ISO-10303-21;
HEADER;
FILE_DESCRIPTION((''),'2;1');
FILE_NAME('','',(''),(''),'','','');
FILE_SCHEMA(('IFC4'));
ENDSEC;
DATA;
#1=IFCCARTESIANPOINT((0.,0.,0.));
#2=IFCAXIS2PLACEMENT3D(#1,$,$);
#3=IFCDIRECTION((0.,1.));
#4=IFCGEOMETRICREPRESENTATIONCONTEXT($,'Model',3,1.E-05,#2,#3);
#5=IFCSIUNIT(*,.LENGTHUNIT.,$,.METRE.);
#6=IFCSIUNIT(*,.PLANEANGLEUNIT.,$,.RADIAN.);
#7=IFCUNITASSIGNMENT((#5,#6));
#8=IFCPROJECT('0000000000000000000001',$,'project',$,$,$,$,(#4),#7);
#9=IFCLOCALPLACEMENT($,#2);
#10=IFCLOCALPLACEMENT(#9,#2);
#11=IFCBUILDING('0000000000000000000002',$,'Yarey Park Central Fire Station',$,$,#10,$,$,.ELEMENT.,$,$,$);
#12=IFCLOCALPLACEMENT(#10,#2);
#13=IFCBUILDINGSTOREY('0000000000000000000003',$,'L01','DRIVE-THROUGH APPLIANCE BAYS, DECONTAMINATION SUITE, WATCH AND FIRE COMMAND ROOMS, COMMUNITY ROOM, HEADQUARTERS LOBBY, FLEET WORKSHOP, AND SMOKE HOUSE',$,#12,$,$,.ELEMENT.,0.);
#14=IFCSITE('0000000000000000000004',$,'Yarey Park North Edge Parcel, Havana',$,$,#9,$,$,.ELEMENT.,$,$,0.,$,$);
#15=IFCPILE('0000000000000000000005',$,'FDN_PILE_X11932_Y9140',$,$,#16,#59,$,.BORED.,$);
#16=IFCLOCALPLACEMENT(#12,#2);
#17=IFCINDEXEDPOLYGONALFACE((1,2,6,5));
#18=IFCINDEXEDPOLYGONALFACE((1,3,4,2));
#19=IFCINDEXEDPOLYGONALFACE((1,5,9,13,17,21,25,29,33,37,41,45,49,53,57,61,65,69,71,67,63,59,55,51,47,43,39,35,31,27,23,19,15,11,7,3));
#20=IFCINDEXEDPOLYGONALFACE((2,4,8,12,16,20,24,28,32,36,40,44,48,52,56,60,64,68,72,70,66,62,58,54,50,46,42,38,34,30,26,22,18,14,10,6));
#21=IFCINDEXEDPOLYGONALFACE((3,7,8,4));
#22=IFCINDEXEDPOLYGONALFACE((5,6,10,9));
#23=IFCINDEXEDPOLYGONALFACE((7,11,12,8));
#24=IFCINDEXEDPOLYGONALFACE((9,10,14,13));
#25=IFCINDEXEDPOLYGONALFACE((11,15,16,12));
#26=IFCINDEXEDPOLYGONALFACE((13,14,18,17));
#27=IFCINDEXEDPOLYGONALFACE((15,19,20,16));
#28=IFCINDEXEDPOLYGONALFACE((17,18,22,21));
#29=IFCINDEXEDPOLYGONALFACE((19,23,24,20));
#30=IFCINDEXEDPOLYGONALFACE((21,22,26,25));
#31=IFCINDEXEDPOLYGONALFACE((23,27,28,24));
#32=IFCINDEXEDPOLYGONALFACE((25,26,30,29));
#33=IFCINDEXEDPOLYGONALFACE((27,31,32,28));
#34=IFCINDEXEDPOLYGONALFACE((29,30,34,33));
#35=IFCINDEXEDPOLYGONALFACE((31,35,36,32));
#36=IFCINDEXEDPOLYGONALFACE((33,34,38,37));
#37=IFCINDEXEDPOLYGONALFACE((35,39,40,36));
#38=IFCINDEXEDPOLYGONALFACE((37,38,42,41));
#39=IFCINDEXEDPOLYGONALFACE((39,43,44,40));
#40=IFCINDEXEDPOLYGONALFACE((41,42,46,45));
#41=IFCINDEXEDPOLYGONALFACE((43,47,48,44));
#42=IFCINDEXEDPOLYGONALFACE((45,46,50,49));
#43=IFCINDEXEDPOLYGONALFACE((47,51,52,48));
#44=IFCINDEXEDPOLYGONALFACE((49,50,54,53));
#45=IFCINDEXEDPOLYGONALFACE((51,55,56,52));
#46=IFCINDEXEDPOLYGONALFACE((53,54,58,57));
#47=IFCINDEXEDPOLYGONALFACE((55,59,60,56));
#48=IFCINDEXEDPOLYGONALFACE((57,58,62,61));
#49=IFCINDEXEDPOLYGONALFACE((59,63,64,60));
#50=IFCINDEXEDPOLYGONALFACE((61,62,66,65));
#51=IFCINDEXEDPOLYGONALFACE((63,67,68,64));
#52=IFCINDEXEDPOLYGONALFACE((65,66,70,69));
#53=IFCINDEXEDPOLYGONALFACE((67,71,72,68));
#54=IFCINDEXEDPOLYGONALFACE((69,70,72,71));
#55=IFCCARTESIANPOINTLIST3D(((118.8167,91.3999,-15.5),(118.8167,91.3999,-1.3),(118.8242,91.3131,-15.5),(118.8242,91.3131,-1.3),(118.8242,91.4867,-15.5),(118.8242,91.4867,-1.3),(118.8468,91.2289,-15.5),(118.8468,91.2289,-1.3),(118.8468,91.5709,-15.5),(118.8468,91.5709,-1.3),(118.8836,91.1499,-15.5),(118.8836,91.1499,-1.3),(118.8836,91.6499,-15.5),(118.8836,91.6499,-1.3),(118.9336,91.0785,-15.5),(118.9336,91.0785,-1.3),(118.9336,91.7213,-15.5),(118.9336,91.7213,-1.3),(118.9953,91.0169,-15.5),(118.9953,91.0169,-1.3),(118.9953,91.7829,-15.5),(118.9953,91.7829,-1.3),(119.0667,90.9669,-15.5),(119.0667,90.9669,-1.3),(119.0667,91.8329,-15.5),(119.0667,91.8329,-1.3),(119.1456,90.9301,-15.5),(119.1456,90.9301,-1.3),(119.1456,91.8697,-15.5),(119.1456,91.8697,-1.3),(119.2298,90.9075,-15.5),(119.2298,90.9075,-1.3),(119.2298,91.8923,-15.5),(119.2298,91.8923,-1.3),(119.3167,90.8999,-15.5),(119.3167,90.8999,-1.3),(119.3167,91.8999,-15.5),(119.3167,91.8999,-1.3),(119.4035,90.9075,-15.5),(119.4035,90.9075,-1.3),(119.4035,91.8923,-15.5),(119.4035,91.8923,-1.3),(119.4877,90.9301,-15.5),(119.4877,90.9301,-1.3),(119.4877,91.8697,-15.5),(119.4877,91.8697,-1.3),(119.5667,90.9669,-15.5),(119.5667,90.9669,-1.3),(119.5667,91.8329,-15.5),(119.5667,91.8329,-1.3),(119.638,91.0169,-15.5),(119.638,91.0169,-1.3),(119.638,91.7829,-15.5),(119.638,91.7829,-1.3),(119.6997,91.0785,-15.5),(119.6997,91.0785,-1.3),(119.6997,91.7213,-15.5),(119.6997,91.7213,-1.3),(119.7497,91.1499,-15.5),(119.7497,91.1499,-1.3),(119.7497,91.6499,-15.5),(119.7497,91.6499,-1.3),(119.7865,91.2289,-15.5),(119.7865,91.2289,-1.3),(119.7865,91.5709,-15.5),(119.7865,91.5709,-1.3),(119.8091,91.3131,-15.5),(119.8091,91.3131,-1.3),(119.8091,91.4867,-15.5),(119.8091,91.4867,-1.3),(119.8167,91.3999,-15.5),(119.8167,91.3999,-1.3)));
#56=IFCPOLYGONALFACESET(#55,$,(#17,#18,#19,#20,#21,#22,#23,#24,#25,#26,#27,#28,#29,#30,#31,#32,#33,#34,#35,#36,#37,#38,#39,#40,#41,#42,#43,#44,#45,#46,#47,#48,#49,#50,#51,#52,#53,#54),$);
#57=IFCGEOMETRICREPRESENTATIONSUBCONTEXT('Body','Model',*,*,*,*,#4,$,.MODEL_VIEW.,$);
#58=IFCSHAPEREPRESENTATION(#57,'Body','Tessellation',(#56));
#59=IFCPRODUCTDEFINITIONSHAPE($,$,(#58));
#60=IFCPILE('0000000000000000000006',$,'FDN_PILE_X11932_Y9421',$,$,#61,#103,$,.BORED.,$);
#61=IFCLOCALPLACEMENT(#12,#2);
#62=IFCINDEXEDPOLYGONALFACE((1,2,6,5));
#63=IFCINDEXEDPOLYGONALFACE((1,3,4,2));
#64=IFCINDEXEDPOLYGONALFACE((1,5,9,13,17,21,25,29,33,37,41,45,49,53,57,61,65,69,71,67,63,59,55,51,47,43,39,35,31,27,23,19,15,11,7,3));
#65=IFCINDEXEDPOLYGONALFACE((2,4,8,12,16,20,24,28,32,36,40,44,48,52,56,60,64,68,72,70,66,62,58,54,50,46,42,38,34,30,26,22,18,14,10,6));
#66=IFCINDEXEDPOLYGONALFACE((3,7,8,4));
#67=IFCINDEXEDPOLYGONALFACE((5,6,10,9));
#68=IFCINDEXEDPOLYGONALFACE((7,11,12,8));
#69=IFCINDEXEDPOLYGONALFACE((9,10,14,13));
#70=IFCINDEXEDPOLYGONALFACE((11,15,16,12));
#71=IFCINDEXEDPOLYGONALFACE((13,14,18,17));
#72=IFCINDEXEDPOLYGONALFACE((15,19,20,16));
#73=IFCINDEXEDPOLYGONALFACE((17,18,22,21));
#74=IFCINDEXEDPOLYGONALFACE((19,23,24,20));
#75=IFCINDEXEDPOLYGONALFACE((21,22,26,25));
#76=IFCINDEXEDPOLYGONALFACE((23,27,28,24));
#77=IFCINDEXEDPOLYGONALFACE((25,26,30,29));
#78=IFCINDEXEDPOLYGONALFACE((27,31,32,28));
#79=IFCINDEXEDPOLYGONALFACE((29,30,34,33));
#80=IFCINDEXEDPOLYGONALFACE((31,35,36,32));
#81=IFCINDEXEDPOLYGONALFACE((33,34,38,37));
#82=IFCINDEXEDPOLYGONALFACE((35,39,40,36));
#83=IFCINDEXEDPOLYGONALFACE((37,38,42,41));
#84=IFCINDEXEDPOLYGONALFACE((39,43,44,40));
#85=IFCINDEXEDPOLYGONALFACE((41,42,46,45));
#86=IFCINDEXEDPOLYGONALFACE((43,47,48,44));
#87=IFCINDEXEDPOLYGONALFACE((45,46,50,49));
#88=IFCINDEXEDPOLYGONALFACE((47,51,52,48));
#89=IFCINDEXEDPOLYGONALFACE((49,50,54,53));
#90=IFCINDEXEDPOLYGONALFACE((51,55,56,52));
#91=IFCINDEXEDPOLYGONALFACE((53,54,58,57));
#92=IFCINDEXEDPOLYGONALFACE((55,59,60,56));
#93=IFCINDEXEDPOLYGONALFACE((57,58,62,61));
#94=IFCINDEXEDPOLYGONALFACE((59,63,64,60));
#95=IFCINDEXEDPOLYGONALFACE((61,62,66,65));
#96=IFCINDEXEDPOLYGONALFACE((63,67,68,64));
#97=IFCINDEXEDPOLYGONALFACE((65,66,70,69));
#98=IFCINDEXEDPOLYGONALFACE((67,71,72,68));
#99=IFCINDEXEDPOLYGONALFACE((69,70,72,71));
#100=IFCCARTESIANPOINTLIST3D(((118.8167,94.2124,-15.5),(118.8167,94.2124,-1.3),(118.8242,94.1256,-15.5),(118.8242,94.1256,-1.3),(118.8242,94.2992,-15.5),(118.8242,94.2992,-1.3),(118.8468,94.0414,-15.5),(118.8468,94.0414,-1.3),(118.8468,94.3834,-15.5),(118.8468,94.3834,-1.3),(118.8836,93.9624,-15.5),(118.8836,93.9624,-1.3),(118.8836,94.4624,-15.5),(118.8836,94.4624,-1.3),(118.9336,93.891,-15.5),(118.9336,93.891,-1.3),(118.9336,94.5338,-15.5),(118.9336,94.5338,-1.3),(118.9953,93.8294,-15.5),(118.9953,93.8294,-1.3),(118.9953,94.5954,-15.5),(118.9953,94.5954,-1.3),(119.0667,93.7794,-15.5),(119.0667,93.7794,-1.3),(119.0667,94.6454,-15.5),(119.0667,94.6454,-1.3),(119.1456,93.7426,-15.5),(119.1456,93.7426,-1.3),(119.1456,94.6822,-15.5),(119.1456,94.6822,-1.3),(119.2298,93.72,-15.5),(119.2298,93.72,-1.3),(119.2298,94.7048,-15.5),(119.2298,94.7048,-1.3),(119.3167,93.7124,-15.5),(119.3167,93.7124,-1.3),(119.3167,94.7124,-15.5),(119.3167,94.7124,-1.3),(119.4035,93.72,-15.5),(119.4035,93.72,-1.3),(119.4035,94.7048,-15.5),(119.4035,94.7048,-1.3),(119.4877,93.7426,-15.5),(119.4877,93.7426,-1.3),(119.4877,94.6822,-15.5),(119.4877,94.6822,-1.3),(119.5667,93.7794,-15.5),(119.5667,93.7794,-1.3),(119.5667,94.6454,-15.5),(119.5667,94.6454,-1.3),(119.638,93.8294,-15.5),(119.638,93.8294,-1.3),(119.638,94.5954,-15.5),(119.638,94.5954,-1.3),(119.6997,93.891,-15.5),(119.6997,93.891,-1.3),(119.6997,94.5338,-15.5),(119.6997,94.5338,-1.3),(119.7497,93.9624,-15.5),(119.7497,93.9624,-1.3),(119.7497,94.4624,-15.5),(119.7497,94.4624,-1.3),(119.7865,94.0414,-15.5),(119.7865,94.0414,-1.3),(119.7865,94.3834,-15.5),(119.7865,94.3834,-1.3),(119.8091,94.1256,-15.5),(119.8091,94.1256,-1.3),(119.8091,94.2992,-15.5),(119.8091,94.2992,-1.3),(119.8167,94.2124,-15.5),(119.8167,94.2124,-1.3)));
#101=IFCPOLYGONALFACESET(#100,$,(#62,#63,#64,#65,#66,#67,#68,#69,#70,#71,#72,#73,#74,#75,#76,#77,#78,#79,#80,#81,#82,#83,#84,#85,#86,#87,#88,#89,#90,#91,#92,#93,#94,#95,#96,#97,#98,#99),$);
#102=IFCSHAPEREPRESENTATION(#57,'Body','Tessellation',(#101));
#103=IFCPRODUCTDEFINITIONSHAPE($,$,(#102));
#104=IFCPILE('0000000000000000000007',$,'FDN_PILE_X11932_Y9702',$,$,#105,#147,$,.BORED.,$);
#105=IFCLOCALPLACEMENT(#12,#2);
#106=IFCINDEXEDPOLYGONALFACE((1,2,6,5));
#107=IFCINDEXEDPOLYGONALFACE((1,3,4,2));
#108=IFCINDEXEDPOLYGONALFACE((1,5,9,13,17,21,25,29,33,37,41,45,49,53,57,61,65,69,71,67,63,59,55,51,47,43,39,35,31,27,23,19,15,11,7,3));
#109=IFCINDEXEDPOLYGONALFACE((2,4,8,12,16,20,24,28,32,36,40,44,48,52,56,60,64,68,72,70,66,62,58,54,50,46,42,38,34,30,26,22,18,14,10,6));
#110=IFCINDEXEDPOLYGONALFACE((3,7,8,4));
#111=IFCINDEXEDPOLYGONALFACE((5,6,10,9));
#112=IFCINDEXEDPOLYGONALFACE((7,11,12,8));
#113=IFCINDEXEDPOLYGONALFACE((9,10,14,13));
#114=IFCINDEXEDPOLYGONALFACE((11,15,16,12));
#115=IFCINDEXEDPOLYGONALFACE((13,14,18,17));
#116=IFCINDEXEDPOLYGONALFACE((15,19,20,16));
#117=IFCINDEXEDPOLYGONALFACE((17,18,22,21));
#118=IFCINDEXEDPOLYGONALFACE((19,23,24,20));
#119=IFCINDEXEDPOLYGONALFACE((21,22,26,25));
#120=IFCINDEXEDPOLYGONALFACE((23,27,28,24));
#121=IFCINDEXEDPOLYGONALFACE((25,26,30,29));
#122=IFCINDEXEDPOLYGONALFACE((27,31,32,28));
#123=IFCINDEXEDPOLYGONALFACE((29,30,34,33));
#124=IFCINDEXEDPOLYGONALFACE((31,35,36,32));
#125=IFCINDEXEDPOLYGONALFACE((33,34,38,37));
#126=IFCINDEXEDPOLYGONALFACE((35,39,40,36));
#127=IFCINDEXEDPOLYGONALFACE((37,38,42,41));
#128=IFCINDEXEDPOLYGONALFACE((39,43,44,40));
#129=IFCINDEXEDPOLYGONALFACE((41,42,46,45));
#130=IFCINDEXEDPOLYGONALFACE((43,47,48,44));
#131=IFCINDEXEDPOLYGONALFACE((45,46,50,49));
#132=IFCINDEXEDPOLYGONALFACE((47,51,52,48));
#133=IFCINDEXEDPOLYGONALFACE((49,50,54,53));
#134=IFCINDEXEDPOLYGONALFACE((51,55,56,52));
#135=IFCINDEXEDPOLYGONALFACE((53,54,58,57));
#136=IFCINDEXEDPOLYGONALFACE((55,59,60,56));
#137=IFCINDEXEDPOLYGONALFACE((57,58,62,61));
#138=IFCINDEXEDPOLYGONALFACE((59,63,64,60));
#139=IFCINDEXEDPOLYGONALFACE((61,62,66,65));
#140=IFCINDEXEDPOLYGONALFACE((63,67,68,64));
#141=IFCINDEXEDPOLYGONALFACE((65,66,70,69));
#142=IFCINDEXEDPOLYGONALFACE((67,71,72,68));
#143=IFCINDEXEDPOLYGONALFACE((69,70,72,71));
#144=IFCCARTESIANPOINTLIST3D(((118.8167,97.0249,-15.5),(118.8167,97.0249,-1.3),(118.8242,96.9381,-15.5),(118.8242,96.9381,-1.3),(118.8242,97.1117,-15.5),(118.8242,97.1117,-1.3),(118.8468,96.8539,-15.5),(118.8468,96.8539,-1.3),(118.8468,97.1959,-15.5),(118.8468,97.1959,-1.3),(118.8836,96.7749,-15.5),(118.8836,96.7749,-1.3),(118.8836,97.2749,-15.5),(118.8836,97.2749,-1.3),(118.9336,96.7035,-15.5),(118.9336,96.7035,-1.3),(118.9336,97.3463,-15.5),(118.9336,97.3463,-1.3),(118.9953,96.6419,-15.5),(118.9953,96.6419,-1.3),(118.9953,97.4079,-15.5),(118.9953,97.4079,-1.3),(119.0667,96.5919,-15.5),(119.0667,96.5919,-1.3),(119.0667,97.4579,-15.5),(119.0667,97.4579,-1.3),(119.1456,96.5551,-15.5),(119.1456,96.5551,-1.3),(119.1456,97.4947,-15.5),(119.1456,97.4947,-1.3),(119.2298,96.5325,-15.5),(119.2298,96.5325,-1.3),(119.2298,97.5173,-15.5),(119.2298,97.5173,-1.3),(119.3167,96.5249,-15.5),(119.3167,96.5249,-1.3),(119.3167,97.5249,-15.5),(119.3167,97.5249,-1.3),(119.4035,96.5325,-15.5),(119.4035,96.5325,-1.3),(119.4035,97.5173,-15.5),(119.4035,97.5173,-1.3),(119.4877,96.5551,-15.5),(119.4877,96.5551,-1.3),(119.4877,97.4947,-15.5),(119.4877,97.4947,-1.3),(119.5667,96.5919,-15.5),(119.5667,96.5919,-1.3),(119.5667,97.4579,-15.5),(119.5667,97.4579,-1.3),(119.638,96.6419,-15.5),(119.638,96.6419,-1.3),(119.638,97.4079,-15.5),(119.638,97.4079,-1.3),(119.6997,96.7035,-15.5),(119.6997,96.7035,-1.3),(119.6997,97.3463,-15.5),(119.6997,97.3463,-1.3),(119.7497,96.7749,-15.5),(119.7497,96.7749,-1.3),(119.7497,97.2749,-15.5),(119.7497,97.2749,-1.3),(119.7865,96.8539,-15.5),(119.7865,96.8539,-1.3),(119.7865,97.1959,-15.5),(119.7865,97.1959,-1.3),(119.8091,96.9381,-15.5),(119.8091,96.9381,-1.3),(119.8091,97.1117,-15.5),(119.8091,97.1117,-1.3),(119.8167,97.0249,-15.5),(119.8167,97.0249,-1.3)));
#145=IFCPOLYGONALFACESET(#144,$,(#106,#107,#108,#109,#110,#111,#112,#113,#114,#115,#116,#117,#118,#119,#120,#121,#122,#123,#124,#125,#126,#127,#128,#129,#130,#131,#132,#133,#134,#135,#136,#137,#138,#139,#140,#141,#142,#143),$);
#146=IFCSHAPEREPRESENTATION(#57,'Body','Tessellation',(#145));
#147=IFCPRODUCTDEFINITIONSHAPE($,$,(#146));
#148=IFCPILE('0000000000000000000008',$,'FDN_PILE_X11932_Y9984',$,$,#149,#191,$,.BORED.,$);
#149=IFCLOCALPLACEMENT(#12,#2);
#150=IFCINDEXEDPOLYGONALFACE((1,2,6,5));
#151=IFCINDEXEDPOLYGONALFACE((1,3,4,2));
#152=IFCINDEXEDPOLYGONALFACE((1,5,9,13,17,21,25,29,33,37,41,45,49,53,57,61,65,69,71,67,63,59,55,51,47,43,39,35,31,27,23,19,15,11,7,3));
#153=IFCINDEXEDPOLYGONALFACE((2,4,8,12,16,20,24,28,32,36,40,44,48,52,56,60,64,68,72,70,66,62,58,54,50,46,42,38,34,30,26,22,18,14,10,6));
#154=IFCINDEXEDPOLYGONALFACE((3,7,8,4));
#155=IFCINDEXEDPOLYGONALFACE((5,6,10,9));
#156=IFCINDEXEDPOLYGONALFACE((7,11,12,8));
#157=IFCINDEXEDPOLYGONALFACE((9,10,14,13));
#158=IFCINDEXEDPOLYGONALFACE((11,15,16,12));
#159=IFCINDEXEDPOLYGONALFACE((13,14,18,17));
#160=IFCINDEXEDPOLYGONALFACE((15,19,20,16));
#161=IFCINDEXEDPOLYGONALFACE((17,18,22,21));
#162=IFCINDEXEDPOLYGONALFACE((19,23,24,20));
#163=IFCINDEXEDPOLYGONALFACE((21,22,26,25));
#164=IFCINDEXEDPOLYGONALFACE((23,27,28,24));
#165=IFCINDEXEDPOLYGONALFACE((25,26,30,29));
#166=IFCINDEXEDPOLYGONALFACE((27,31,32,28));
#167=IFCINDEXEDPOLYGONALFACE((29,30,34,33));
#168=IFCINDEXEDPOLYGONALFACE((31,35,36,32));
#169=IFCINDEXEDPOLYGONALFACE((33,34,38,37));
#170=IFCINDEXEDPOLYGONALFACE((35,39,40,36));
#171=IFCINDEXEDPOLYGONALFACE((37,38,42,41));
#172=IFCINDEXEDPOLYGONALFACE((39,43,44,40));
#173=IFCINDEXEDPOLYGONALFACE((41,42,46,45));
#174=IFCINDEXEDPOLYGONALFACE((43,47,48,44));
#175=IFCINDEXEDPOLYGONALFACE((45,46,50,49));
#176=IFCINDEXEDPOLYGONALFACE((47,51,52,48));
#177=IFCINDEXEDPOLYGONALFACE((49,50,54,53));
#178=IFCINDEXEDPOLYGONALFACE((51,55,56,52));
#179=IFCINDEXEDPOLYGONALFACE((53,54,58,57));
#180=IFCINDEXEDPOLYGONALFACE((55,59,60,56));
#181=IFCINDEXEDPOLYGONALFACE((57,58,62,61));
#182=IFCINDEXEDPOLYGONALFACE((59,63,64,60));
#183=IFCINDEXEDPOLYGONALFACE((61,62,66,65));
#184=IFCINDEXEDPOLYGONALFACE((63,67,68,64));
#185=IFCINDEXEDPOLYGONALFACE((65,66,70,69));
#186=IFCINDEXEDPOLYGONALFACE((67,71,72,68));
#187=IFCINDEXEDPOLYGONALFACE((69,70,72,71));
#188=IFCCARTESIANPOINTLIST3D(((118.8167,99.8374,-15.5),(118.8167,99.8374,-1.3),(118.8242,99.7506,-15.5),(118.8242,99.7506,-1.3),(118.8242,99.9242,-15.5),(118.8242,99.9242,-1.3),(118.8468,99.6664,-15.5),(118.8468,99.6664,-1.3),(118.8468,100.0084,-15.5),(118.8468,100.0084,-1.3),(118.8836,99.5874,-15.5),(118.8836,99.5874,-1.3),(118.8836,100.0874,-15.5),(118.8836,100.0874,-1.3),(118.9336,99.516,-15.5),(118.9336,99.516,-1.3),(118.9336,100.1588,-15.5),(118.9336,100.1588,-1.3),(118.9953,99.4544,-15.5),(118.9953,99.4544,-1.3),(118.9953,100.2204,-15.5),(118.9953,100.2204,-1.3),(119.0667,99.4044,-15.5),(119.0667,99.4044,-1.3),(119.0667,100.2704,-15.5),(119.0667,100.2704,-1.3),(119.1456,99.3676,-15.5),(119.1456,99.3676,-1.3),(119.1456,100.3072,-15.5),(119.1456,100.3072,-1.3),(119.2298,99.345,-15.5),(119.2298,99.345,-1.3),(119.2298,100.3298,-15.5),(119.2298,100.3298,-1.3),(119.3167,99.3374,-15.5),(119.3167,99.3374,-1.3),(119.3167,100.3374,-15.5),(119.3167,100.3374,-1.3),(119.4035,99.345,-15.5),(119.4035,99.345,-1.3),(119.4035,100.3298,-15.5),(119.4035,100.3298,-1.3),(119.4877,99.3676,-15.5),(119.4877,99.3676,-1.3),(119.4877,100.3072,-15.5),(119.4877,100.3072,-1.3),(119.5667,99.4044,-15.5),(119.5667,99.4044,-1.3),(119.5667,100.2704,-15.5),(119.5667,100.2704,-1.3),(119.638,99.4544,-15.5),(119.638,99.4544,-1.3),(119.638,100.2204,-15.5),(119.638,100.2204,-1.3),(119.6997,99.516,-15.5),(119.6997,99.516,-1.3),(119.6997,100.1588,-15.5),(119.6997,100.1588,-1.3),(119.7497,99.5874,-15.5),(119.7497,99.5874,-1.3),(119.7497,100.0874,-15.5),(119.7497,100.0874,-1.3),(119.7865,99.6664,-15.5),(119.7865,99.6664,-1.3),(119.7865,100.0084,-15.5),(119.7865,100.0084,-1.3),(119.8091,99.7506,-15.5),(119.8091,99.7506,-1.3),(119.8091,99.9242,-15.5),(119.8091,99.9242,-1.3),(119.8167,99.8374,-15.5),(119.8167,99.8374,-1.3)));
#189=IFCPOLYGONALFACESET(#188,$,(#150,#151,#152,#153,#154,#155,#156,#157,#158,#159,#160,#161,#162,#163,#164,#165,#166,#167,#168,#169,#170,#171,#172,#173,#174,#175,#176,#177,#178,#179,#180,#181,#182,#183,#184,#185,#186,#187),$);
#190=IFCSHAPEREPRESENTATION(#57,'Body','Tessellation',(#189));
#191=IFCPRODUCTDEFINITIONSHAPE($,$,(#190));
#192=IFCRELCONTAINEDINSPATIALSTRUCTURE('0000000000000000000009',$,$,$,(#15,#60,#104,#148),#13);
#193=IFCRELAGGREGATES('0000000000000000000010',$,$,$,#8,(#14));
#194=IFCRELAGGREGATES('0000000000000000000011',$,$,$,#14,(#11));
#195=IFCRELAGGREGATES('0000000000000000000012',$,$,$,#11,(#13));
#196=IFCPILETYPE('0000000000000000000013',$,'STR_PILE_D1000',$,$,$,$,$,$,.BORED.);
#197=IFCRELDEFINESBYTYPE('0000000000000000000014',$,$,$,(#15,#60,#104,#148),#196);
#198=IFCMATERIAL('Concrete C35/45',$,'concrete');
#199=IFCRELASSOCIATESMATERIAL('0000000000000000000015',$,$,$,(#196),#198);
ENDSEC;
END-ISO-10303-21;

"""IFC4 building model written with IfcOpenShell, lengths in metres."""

from ifc_helpers import new_model, si_unit, direction, frame, origin, origin_2d, place, context, subcontext, project, spatial, circle, extrude, material, material_profile, profile_set, type_object, element, save


model = new_model("IFC4")

# Units and contexts
model_context = context("Model", 3, precision=1e-05, world=origin(), true_north=direction((0.0, 1.0)))
body_context = subcontext(model_context, "Body", "Model", "MODEL_VIEW")
ifc_project = project(units=[si_unit("LENGTHUNIT", "METRE"), si_unit("PLANEANGLEUNIT", "RADIAN")], contexts=[model_context])

# Site, building, storey
site_placement = place(None, origin())
site = spatial("IfcSite", under=ifc_project, at=site_placement, Name="Yarey Park North Edge Parcel, Havana", CompositionType="ELEMENT", RefElevation=0.0)
building_placement = place(site_placement, origin())
building = spatial("IfcBuilding", under=site, at=building_placement, Name="Yarey Park Central Fire Station", CompositionType="ELEMENT")
storey_placement = place(building_placement, origin())
storey = spatial("IfcBuildingStorey", under=building, at=storey_placement, Name="L01", Description="DRIVE-THROUGH APPLIANCE BAYS, DECONTAMINATION SUITE, WATCH AND FIRE COMMAND ROOMS, COMMUNITY ROOM, HEADQUARTERS LOBBY, FLEET WORKSHOP, AND SMOKE HOUSE", CompositionType="ELEMENT", Elevation=0.0)

# Piles
ifc_material_1 = material(Name="Concrete C35/45", Category="concrete")
ifc_material_profile_1 = material_profile(ifc_material_1, circle(Radius=0.5, at=origin_2d()), Name="BORED PILE D1000")
ifc_profile_set_1 = profile_set([ifc_material_profile_1], Name="Concrete C35/45")
pile_type = type_object("IfcPileType", Name="STR_PILE_D1000", PredefinedType="BORED", material=ifc_profile_set_1)
for number, where, z_axis, x_axis, name in (
    (1, (119.3167, 91.3999, -1.3), (0.0, 0.0, -1.0), (1.0, 0.0, 0.0), "FDN_PILE_X11932_Y9140"),
    (2, (119.3167, 94.2124, -1.3), (0.0, 0.0, -1.0), (1.0, 0.0, 0.0), "FDN_PILE_X11932_Y9421"),
    (3, (119.3167, 97.0249, -1.3), (0.0, 0.0, -1.0), (1.0, 0.0, 0.0), "FDN_PILE_X11932_Y9702"),
    (4, (119.3167, 99.8374, -1.3), (0.0, 0.0, -1.0), (1.0, 0.0, 0.0), "FDN_PILE_X11932_Y9984"),
):
    element("IfcPile", number, at=place(storey_placement, frame(where, z_axis=z_axis, x_axis=x_axis)), inside=storey, type_object=pile_type, Name=name, PredefinedType="BORED", context=body_context, shape_type="SweptSolid", body=[
        extrude(circle(Radius=0.5, at=origin_2d()), origin(), (0.0, 0.0, 1.0), 14.2),
    ])

save(model, "model.ifc")
